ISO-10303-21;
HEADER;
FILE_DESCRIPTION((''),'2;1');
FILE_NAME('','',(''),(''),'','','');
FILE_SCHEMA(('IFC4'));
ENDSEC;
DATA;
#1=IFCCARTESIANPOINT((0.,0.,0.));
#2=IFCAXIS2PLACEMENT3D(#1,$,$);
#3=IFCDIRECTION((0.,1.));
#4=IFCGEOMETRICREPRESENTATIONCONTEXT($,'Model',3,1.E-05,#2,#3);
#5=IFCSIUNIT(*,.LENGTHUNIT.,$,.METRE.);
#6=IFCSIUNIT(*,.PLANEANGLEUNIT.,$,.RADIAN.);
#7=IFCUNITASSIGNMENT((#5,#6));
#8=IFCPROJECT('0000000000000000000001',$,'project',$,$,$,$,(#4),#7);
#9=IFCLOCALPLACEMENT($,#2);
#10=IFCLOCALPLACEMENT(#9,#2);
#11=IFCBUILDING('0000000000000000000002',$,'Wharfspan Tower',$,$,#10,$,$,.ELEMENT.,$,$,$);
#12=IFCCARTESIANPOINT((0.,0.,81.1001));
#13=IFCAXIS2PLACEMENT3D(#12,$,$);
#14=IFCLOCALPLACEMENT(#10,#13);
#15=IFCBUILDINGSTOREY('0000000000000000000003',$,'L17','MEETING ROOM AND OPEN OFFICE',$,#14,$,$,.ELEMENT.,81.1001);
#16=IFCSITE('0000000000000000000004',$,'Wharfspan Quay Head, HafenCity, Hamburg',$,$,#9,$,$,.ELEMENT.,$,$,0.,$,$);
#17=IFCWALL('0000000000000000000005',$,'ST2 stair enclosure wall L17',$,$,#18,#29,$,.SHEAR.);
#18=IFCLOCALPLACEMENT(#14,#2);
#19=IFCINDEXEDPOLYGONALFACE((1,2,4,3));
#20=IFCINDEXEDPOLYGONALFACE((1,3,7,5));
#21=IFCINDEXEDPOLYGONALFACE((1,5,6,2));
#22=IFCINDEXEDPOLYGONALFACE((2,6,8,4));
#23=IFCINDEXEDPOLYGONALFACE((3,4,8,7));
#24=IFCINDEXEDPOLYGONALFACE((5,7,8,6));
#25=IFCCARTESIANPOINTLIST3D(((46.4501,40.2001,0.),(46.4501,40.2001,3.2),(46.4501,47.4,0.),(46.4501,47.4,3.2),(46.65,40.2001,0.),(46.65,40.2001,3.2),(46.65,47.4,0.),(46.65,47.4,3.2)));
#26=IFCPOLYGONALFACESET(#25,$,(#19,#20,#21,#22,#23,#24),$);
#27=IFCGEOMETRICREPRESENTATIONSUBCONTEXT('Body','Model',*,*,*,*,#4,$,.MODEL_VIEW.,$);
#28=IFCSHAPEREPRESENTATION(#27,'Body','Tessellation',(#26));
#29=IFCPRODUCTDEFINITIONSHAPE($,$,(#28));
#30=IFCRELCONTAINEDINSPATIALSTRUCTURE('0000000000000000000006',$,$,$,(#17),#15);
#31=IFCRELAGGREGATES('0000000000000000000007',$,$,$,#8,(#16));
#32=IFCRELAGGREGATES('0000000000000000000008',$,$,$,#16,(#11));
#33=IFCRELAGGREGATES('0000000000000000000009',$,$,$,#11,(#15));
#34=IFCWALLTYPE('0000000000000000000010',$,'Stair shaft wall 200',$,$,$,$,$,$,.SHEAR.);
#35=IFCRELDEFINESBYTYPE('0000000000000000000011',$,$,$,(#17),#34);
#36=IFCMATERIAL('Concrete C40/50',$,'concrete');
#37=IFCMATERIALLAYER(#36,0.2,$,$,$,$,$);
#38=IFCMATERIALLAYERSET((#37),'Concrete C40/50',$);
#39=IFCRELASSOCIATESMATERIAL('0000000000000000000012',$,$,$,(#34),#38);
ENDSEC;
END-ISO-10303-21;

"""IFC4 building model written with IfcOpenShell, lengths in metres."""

from ifc_helpers import new_model, si_unit, direction, frame, frame_2d, origin, place, context, subcontext, project, spatial, rectangle, extrude, material, layer, layer_set, type_object, element, save


model = new_model("IFC4")

# Units and contexts
model_context = context("Model", 3, precision=1e-05, world=origin(), true_north=direction((0.0, 1.0)))
body_context = subcontext(model_context, "Body", "Model", "MODEL_VIEW")
ifc_project = project(units=[si_unit("LENGTHUNIT", "METRE"), si_unit("PLANEANGLEUNIT", "RADIAN")], contexts=[model_context])

# Site, building, storey
site_placement = place(None, origin())
site = spatial("IfcSite", under=ifc_project, at=site_placement, Name="Wharfspan Quay Head, HafenCity, Hamburg", CompositionType="ELEMENT", RefElevation=0.0)
building_placement = place(site_placement, origin())
building = spatial("IfcBuilding", under=site, at=building_placement, Name="Wharfspan Tower", CompositionType="ELEMENT")
storey_placement = place(building_placement, frame((0.0, 0.0, 81.1001)))
storey = spatial("IfcBuildingStorey", under=building, at=storey_placement, Name="L17", Description="MEETING ROOM AND OPEN OFFICE", CompositionType="ELEMENT", Elevation=81.1001)

# Shared definitions
ifc_material_1 = material(Name="Concrete C40/50", Category="concrete")
ifc_layer_1 = layer(ifc_material_1, 0.2)
ifc_layer_set_1 = layer_set([ifc_layer_1], Name="Concrete C40/50")
wall_type_1 = type_object("IfcWallType", Name="Stair shaft wall 200", PredefinedType="SHEAR", material=ifc_layer_set_1)

# Wall
wall_1_placement = place(storey_placement, frame((46.55, 40.2, 0.0), z_axis=(0.0, 0.0, 1.0), x_axis=(0.0, 1.0, 0.0)))
element("IfcWall", 1, at=wall_1_placement, inside=storey, type_object=wall_type_1, Name="ST2 stair enclosure wall L17", PredefinedType="SHEAR", context=body_context, shape_type="SweptSolid", body=[
    extrude(rectangle(XDim=7.2, YDim=0.2, at=frame_2d((3.6001, 0.0))), origin(), (0.0, 0.0, 1.0), 3.2),
])

save(model, "model.ifc")
